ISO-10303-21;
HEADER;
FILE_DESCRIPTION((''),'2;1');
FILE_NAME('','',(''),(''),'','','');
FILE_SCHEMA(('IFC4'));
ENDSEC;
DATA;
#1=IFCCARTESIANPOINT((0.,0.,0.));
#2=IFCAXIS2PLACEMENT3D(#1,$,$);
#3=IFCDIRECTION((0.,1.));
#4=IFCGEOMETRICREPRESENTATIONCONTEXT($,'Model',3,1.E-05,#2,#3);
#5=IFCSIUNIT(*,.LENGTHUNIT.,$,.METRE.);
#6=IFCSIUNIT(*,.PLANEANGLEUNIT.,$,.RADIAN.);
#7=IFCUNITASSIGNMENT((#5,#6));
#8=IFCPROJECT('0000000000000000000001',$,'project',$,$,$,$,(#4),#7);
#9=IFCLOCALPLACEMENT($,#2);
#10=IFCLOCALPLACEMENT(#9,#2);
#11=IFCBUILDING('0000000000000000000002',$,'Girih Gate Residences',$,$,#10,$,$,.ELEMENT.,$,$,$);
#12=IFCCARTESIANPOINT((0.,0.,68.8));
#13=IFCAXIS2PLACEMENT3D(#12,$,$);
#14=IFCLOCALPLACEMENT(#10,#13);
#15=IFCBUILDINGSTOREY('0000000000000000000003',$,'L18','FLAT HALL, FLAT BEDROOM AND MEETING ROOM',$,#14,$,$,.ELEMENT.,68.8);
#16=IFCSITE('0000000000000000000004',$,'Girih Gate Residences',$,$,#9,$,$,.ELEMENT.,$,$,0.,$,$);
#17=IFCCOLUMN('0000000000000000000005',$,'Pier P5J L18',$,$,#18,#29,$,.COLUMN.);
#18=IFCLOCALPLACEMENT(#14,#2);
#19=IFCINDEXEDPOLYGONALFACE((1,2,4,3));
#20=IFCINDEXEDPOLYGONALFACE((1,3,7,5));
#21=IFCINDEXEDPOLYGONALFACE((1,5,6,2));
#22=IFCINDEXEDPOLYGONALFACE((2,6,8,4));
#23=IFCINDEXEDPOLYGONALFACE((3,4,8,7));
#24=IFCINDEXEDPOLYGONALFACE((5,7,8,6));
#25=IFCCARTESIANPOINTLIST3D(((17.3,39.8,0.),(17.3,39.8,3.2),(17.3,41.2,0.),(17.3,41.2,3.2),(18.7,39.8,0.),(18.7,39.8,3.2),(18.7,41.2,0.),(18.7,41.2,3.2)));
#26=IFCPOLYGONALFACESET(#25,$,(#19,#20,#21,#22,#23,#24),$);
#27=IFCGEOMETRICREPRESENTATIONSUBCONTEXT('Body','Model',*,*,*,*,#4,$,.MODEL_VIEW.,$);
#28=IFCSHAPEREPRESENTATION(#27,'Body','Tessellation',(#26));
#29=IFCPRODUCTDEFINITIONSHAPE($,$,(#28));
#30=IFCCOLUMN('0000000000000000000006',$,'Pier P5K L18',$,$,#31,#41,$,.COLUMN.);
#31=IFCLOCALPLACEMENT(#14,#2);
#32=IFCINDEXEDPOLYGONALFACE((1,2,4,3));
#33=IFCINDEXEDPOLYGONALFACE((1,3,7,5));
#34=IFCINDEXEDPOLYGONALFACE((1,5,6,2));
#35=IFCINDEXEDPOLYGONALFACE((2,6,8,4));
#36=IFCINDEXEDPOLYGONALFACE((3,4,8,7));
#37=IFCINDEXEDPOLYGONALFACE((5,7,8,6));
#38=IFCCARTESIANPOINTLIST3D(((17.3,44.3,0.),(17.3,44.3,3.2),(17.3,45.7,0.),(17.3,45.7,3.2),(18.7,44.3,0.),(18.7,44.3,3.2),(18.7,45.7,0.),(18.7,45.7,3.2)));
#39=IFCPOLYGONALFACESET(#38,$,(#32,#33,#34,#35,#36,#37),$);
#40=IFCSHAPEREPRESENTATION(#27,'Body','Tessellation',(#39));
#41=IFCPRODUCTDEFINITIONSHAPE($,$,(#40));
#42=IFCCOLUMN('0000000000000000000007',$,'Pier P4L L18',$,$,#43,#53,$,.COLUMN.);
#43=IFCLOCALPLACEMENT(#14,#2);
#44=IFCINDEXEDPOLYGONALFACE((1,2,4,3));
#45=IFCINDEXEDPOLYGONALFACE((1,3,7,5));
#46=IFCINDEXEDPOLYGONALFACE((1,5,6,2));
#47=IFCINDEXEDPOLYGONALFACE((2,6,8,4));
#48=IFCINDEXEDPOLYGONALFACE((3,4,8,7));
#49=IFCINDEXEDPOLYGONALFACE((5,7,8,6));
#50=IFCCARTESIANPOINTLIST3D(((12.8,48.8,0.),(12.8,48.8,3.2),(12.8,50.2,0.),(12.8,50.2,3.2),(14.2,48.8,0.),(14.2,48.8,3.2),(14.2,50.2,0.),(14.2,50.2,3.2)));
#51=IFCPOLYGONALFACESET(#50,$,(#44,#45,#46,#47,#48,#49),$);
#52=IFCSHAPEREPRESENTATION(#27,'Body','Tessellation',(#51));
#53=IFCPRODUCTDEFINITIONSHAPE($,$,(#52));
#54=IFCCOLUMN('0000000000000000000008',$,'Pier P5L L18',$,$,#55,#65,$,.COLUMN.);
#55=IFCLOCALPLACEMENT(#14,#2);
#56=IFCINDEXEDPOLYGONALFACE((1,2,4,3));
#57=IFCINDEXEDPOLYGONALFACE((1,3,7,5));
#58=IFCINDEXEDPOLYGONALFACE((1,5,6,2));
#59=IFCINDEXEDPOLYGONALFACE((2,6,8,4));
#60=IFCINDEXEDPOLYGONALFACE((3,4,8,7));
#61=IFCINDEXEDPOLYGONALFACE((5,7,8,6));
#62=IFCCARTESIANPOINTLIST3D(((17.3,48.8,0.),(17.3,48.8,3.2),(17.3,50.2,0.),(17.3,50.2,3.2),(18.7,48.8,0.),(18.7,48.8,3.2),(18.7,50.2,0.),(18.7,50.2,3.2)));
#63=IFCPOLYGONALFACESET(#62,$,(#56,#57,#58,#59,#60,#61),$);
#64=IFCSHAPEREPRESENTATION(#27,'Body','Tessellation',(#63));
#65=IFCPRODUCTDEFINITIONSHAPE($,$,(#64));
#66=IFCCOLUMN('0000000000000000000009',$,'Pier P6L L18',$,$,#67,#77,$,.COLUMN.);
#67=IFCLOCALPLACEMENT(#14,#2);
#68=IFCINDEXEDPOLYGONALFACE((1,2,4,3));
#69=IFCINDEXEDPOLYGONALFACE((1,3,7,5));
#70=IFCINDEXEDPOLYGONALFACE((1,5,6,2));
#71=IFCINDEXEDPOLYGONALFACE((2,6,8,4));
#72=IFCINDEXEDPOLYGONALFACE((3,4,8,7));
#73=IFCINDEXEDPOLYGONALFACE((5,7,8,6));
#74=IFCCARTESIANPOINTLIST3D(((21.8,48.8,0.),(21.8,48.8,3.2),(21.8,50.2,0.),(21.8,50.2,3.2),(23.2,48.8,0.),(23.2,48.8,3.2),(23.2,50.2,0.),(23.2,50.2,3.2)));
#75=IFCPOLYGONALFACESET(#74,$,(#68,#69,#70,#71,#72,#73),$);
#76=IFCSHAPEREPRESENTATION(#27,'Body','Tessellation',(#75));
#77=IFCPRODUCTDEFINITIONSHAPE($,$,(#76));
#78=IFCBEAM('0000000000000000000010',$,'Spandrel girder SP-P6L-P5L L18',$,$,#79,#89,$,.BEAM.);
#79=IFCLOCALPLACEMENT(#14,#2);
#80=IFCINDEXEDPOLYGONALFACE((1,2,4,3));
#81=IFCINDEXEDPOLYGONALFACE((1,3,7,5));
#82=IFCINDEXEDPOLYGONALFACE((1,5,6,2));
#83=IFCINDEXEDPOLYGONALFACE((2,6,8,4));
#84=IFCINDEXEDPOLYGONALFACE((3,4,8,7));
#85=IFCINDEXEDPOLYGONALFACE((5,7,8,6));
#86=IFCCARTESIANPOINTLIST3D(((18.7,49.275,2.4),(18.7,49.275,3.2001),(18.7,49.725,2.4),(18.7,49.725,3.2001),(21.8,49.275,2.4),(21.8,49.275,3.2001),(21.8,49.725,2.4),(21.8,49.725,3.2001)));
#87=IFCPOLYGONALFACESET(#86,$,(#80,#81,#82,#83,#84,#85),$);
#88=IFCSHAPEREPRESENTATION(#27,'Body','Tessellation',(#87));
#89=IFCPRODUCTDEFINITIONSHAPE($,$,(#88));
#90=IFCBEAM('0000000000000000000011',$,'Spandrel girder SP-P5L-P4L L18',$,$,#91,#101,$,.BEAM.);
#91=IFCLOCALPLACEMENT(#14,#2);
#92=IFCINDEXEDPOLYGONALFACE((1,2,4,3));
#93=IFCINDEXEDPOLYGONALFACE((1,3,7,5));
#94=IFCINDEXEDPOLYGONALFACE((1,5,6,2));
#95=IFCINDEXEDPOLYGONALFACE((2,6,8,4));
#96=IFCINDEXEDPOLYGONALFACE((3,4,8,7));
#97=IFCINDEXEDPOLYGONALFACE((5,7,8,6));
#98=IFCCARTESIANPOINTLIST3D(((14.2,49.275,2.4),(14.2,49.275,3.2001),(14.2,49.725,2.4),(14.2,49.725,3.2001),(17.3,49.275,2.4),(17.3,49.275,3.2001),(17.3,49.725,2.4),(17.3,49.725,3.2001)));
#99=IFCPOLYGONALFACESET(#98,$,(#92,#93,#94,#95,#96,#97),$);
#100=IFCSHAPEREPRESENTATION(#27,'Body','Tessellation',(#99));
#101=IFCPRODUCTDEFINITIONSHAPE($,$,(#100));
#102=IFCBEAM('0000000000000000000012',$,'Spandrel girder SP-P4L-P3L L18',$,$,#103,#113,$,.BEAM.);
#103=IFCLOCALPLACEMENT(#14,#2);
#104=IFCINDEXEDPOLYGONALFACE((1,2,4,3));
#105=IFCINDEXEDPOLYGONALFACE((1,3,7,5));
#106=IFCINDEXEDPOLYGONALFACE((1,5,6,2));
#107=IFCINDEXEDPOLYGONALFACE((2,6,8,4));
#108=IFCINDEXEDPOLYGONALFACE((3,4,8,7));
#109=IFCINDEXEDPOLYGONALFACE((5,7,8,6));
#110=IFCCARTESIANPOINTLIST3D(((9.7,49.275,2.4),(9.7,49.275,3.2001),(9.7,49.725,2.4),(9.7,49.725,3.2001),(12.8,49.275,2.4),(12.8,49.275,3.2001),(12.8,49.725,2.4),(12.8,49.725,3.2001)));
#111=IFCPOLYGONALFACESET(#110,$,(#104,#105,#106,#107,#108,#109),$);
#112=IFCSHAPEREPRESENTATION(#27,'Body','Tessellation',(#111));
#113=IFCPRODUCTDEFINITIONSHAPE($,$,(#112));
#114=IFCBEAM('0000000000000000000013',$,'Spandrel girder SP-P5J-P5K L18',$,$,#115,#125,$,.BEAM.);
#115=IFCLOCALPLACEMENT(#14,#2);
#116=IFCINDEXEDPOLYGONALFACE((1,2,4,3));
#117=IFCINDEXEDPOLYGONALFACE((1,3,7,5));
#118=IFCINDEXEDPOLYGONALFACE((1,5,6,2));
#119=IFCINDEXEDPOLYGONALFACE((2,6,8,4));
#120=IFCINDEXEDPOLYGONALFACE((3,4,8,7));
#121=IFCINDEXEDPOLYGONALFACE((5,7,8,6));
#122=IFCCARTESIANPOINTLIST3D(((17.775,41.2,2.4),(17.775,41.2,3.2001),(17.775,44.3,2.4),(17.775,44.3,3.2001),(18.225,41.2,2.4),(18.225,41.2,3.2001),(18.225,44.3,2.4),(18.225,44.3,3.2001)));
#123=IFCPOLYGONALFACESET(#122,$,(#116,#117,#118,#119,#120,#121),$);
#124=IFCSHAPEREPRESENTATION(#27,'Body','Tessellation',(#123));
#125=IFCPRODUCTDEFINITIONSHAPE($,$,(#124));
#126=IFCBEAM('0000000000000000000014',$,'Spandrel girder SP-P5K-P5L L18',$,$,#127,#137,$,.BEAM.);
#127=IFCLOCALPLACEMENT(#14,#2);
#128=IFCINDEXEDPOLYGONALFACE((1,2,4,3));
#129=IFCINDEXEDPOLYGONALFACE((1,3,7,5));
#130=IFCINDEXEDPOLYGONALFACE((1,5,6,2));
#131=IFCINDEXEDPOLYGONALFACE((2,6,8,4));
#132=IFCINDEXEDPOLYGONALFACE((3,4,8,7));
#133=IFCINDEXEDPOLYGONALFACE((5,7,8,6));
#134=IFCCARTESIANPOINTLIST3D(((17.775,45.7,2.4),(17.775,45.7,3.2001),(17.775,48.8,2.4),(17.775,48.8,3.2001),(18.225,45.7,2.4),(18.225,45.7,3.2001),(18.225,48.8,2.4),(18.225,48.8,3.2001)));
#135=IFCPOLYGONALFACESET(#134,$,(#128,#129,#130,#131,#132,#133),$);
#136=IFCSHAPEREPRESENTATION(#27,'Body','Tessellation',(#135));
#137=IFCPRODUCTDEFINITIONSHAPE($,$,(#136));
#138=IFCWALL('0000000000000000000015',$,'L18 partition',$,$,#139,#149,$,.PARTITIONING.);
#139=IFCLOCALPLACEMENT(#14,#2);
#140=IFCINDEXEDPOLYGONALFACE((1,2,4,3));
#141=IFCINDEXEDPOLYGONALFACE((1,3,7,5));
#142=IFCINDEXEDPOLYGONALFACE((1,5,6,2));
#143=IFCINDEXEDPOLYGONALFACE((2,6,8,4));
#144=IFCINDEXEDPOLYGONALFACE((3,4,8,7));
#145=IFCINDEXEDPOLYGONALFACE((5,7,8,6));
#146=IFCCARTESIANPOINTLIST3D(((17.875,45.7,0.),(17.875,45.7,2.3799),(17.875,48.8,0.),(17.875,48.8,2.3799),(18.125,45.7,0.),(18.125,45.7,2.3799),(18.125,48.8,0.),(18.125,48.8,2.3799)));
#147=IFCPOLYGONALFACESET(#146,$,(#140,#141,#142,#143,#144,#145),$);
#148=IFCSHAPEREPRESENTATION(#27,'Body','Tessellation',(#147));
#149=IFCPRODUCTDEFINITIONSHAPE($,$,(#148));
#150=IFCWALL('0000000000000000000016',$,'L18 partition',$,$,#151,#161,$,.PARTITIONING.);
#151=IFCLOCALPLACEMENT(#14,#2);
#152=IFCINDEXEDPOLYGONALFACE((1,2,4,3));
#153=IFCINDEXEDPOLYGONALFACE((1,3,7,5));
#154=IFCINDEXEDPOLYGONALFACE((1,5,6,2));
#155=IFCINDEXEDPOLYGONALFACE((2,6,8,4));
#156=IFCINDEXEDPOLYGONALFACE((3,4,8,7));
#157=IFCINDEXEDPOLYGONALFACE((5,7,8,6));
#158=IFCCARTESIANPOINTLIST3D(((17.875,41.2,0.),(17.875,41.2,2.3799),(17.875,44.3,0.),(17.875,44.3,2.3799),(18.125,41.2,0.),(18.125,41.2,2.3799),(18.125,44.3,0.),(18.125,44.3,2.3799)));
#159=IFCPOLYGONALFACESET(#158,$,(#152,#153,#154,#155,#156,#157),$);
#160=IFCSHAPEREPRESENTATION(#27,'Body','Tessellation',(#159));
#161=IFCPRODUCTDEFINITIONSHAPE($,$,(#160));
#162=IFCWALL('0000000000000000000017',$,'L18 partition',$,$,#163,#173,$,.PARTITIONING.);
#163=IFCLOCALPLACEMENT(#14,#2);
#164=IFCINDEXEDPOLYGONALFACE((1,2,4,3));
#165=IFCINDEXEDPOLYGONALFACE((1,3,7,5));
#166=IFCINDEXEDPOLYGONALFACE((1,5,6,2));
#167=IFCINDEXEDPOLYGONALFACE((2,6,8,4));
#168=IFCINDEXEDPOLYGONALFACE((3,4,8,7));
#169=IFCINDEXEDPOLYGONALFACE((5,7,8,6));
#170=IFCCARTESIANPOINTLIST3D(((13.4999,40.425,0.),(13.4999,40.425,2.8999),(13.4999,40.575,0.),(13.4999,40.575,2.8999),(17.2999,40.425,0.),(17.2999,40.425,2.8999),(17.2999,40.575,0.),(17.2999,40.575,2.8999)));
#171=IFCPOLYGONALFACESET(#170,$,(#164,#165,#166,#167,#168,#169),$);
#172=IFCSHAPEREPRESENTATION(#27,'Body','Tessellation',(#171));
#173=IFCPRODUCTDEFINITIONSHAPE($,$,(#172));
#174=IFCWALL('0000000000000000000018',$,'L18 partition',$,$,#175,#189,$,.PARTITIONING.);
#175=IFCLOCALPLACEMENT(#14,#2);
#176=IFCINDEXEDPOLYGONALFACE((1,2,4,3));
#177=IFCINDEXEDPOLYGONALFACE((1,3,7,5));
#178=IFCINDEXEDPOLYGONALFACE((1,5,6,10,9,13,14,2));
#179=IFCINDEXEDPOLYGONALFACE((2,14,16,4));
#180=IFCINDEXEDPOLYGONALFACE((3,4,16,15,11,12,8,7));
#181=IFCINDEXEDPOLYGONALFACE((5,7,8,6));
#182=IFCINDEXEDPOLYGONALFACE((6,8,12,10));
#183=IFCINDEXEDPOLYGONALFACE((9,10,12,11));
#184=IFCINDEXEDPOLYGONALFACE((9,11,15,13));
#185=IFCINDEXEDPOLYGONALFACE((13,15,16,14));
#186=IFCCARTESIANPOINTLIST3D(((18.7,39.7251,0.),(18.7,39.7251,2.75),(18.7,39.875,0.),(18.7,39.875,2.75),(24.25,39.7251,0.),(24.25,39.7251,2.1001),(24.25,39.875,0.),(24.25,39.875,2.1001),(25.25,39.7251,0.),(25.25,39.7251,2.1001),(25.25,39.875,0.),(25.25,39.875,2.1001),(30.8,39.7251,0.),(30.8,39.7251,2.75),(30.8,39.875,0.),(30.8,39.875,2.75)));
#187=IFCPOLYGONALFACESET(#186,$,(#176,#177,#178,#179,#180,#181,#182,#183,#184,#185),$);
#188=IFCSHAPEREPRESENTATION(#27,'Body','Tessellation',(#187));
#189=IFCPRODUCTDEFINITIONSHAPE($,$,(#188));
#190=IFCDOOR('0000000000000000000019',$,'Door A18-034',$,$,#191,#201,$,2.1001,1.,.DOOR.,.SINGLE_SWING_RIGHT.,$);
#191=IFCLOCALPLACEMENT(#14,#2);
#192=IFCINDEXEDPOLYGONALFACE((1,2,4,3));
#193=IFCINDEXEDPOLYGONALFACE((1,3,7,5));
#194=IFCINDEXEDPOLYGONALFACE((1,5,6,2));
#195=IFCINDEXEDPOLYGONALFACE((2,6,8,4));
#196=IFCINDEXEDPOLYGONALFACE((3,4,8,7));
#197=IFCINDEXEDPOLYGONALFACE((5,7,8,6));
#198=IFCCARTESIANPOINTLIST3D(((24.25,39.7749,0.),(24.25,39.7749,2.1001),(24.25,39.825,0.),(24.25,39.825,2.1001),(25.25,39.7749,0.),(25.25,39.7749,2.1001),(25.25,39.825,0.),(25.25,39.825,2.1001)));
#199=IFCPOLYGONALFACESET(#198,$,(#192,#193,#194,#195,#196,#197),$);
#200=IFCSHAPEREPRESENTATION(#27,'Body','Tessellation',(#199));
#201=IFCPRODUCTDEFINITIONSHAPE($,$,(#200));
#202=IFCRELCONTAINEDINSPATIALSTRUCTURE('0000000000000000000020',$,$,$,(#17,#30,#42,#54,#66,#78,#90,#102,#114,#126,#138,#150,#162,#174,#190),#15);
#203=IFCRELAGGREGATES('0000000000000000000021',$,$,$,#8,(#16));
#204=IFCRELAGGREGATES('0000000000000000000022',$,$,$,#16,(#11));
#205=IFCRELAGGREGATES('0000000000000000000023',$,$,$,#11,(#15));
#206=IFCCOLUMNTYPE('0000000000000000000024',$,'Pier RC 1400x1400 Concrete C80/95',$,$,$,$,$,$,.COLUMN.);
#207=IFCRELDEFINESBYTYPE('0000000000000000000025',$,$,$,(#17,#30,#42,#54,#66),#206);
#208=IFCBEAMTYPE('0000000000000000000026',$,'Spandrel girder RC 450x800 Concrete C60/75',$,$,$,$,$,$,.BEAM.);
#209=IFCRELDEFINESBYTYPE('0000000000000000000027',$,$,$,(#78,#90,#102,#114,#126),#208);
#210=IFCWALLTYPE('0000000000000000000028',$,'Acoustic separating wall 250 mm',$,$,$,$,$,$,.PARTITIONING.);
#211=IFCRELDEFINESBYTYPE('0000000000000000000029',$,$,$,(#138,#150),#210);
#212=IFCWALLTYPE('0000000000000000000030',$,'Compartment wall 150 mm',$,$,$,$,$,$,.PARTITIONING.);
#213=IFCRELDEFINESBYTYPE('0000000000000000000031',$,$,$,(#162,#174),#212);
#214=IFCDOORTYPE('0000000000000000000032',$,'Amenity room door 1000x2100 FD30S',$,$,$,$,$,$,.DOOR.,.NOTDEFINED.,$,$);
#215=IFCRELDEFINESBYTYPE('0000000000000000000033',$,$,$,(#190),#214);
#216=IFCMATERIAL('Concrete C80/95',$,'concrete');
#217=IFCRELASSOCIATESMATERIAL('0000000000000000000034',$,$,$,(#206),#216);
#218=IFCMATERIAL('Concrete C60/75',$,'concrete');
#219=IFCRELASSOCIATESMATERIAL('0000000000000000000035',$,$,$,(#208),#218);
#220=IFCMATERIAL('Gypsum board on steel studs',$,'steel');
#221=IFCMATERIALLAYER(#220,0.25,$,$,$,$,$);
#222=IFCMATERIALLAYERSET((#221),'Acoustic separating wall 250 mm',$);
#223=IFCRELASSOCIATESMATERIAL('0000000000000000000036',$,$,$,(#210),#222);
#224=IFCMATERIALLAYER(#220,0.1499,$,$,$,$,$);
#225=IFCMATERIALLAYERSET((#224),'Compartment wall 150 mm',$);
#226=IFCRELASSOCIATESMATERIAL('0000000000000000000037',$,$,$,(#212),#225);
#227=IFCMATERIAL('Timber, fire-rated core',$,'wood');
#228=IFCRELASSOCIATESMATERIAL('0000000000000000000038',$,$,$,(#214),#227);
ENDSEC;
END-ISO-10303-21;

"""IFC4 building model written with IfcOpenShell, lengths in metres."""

from ifc_helpers import new_model, si_unit, direction, frame, frame_2d, origin, origin_2d, place, context, subcontext, project, spatial, rectangle, extrude, material, layer, layer_set, material_profile, profile_set, type_object, element, fill, save


model = new_model("IFC4")

# Units and contexts
model_context = context("Model", 3, precision=1e-05, world=origin(), true_north=direction((0.0, 1.0)))
body_context = subcontext(model_context, "Body", "Model", "MODEL_VIEW")
ifc_project = project(units=[si_unit("LENGTHUNIT", "METRE"), si_unit("PLANEANGLEUNIT", "RADIAN")], contexts=[model_context])

# Site, building, storey
site_placement = place(None, origin())
site = spatial("IfcSite", under=ifc_project, at=site_placement, Name="Girih Gate Residences", CompositionType="ELEMENT", RefElevation=0.0)
building_placement = place(site_placement, origin())
building = spatial("IfcBuilding", under=site, at=building_placement, Name="Girih Gate Residences", CompositionType="ELEMENT")
storey_placement = place(building_placement, frame((0.0, 0.0, 68.8)))
storey = spatial("IfcBuildingStorey", under=building, at=storey_placement, Name="L18", Description="FLAT HALL, FLAT BEDROOM AND MEETING ROOM", CompositionType="ELEMENT", Elevation=68.8)

# Columns
ifc_material_1 = material(Name="Concrete C80/95", Category="concrete")
ifc_material_profile_1 = material_profile(ifc_material_1, rectangle(XDim=1.3999, YDim=1.3999, at=origin_2d()))
ifc_profile_set_1 = profile_set([ifc_material_profile_1], Name="Concrete C80/95")
column_type = type_object("IfcColumnType", Name="Pier RC 1400x1400 Concrete C80/95", PredefinedType="COLUMN", material=ifc_profile_set_1)
for number, where, z_axis, x_axis, name in (
    (1, (18.0, 40.5, 0.0), (0.0, 0.0, 1.0), (1.0, 0.0, 0.0), "Pier P5J L18"),
    (2, (18.0, 45.0, 0.0), (0.0, 0.0, 1.0), (1.0, 0.0, 0.0), "Pier P5K L18"),
    (3, (13.5, 49.5, 0.0), (0.0, 0.0, 1.0), (1.0, 0.0, 0.0), "Pier P4L L18"),
    (4, (18.0, 49.5, 0.0), (0.0, 0.0, 1.0), (1.0, 0.0, 0.0), "Pier P5L L18"),
    (5, (22.5, 49.5, 0.0), (0.0, 0.0, 1.0), (1.0, 0.0, 0.0), "Pier P6L L18"),
):
    element("IfcColumn", number, at=place(storey_placement, frame(where, z_axis=z_axis, x_axis=x_axis)), inside=storey, type_object=column_type, Name=name, PredefinedType="COLUMN", context=body_context, shape_type="SweptSolid", body=[
        extrude(rectangle(XDim=1.3999, YDim=1.3999, at=origin_2d()), origin(), (0.0, 0.0, 1.0), 3.2),
    ])

# Beams
ifc_material_2 = material(Name="Concrete C60/75", Category="concrete")
ifc_material_profile_2 = material_profile(ifc_material_2, rectangle(XDim=0.45, YDim=0.8, at=origin_2d()))
ifc_profile_set_2 = profile_set([ifc_material_profile_2], Name="Concrete C60/75")
beam_type = type_object("IfcBeamType", Name="Spandrel girder RC 450x800 Concrete C60/75", PredefinedType="BEAM", material=ifc_profile_set_2)
for number, where, z_axis, x_axis, name in (
    (6, (21.8, 49.5, 2.8), (-1.0, 0.0, 0.0), (0.0, -1.0, 0.0), "Spandrel girder SP-P6L-P5L L18"),
    (7, (17.3, 49.5, 2.8), (-1.0, 0.0, 0.0), (0.0, -1.0, 0.0), "Spandrel girder SP-P5L-P4L L18"),
    (8, (12.8, 49.5, 2.8), (-1.0, 0.0, 0.0), (0.0, -1.0, 0.0), "Spandrel girder SP-P4L-P3L L18"),
    (9, (18.0, 41.2, 2.8), (0.0, 1.0, 0.0), (-1.0, 0.0, 0.0), "Spandrel girder SP-P5J-P5K L18"),
    (10, (18.0, 45.7, 2.8), (0.0, 1.0, 0.0), (-1.0, 0.0, 0.0), "Spandrel girder SP-P5K-P5L L18"),
):
    element("IfcBeam", number, at=place(storey_placement, frame(where, z_axis=z_axis, x_axis=x_axis)), inside=storey, type_object=beam_type, Name=name, PredefinedType="BEAM", context=body_context, shape_type="SweptSolid", body=[
        extrude(rectangle(XDim=0.45, YDim=0.8, at=origin_2d()), origin(), (0.0, 0.0, 1.0), 3.1001),
    ])

# Walls
ifc_material_3 = material(Name="Gypsum board on steel studs", Category="steel")
ifc_layer_1 = layer(ifc_material_3, 0.25)
ifc_layer_set_1 = layer_set([ifc_layer_1], Name="Acoustic separating wall 250 mm")
wall_type_1 = type_object("IfcWallType", Name="Acoustic separating wall 250 mm", PredefinedType="PARTITIONING", material=ifc_layer_set_1)
for number, where, z_axis, x_axis, name in (
    (11, (18.0, 45.7, 0.0), (0.0, 0.0, 1.0), (0.0, 1.0, 0.0), "L18 partition"),
    (12, (18.0, 41.2, 0.0), (0.0, 0.0, 1.0), (0.0, 1.0, 0.0), "L18 partition"),
):
    element("IfcWall", number, at=place(storey_placement, frame(where, z_axis=z_axis, x_axis=x_axis)), inside=storey, type_object=wall_type_1, Name=name, PredefinedType="PARTITIONING", context=body_context, shape_type="SweptSolid", body=[
        extrude(rectangle(XDim=3.1001, YDim=0.25, at=frame_2d((1.55, 0.0))), origin(), (0.0, 0.0, 1.0), 2.3799),
    ])
ifc_layer_2 = layer(ifc_material_3, 0.1499)
ifc_layer_set_2 = layer_set([ifc_layer_2], Name="Compartment wall 150 mm")
wall_type_2 = type_object("IfcWallType", Name="Compartment wall 150 mm", PredefinedType="PARTITIONING", material=ifc_layer_set_2)
wall_1_placement = place(storey_placement, frame((13.5, 40.5, 0.0), z_axis=(0.0, 0.0, 1.0), x_axis=(1.0, 0.0, 0.0)))
element("IfcWall", 13, at=wall_1_placement, inside=storey, type_object=wall_type_2, Name="L18 partition", PredefinedType="PARTITIONING", context=body_context, shape_type="SweptSolid", body=[
    extrude(rectangle(XDim=3.8, YDim=0.1499, at=frame_2d((1.8999, 0.0))), origin(), (0.0, 0.0, 1.0), 2.8999),
])

# Wall, opening, door
wall_2_placement = place(storey_placement, frame((18.7, 39.8, 0.0), z_axis=(0.0, 0.0, 1.0), x_axis=(1.0, 0.0, 0.0)))
wall_2 = element("IfcWall", 14, at=wall_2_placement, inside=storey, type_object=wall_type_2, Name="L18 partition", PredefinedType="PARTITIONING", context=body_context, shape_type="SweptSolid", body=[
    extrude(rectangle(XDim=12.1001, YDim=0.1499, at=frame_2d((6.05, 0.0))), origin(), (0.0, 0.0, 1.0), 2.75),
])
opening_1_placement = place(wall_2_placement, frame((5.55, 0.0, 0.0)))
opening_1 = element("IfcOpeningElement", 15, at=opening_1_placement, cuts=wall_2, PredefinedType="OPENING", context=body_context, shape_type="SweptSolid", body=[
    extrude(rectangle(XDim=1.0, YDim=2.1001, at=frame_2d((0.5, 1.05))), frame((0.0, 0.085, 0.0), z_axis=(0.0, -1.0, 0.0), x_axis=(1.0, 0.0, 0.0)), (0.0, 0.0, 1.0), 0.1699),
])
ifc_material_4 = material(Name="Timber, fire-rated core", Category="wood")
door_type_1 = type_object("IfcDoorType", Name="Amenity room door 1000x2100 FD30S", OperationType="NOTDEFINED", PredefinedType="DOOR", material=ifc_material_4)
door_1_placement = place(opening_1_placement, origin())
door_1 = element("IfcDoor", 16, at=door_1_placement, inside=storey, type_object=door_type_1, Name="Door A18-034", OperationType="SINGLE_SWING_RIGHT", OverallHeight=2.1001, OverallWidth=1.0, PredefinedType="DOOR", context=body_context, shape_type="SweptSolid", body=[
    extrude(rectangle(XDim=1.0, YDim=2.1001, at=frame_2d((0.5, 1.05))), frame((0.0, 0.0249, 0.0), z_axis=(0.0, -1.0, 0.0), x_axis=(1.0, 0.0, 0.0)), (0.0, 0.0, 1.0), 0.05),
])
fill(opening_1, door_1)

save(model, "model.ifc")
